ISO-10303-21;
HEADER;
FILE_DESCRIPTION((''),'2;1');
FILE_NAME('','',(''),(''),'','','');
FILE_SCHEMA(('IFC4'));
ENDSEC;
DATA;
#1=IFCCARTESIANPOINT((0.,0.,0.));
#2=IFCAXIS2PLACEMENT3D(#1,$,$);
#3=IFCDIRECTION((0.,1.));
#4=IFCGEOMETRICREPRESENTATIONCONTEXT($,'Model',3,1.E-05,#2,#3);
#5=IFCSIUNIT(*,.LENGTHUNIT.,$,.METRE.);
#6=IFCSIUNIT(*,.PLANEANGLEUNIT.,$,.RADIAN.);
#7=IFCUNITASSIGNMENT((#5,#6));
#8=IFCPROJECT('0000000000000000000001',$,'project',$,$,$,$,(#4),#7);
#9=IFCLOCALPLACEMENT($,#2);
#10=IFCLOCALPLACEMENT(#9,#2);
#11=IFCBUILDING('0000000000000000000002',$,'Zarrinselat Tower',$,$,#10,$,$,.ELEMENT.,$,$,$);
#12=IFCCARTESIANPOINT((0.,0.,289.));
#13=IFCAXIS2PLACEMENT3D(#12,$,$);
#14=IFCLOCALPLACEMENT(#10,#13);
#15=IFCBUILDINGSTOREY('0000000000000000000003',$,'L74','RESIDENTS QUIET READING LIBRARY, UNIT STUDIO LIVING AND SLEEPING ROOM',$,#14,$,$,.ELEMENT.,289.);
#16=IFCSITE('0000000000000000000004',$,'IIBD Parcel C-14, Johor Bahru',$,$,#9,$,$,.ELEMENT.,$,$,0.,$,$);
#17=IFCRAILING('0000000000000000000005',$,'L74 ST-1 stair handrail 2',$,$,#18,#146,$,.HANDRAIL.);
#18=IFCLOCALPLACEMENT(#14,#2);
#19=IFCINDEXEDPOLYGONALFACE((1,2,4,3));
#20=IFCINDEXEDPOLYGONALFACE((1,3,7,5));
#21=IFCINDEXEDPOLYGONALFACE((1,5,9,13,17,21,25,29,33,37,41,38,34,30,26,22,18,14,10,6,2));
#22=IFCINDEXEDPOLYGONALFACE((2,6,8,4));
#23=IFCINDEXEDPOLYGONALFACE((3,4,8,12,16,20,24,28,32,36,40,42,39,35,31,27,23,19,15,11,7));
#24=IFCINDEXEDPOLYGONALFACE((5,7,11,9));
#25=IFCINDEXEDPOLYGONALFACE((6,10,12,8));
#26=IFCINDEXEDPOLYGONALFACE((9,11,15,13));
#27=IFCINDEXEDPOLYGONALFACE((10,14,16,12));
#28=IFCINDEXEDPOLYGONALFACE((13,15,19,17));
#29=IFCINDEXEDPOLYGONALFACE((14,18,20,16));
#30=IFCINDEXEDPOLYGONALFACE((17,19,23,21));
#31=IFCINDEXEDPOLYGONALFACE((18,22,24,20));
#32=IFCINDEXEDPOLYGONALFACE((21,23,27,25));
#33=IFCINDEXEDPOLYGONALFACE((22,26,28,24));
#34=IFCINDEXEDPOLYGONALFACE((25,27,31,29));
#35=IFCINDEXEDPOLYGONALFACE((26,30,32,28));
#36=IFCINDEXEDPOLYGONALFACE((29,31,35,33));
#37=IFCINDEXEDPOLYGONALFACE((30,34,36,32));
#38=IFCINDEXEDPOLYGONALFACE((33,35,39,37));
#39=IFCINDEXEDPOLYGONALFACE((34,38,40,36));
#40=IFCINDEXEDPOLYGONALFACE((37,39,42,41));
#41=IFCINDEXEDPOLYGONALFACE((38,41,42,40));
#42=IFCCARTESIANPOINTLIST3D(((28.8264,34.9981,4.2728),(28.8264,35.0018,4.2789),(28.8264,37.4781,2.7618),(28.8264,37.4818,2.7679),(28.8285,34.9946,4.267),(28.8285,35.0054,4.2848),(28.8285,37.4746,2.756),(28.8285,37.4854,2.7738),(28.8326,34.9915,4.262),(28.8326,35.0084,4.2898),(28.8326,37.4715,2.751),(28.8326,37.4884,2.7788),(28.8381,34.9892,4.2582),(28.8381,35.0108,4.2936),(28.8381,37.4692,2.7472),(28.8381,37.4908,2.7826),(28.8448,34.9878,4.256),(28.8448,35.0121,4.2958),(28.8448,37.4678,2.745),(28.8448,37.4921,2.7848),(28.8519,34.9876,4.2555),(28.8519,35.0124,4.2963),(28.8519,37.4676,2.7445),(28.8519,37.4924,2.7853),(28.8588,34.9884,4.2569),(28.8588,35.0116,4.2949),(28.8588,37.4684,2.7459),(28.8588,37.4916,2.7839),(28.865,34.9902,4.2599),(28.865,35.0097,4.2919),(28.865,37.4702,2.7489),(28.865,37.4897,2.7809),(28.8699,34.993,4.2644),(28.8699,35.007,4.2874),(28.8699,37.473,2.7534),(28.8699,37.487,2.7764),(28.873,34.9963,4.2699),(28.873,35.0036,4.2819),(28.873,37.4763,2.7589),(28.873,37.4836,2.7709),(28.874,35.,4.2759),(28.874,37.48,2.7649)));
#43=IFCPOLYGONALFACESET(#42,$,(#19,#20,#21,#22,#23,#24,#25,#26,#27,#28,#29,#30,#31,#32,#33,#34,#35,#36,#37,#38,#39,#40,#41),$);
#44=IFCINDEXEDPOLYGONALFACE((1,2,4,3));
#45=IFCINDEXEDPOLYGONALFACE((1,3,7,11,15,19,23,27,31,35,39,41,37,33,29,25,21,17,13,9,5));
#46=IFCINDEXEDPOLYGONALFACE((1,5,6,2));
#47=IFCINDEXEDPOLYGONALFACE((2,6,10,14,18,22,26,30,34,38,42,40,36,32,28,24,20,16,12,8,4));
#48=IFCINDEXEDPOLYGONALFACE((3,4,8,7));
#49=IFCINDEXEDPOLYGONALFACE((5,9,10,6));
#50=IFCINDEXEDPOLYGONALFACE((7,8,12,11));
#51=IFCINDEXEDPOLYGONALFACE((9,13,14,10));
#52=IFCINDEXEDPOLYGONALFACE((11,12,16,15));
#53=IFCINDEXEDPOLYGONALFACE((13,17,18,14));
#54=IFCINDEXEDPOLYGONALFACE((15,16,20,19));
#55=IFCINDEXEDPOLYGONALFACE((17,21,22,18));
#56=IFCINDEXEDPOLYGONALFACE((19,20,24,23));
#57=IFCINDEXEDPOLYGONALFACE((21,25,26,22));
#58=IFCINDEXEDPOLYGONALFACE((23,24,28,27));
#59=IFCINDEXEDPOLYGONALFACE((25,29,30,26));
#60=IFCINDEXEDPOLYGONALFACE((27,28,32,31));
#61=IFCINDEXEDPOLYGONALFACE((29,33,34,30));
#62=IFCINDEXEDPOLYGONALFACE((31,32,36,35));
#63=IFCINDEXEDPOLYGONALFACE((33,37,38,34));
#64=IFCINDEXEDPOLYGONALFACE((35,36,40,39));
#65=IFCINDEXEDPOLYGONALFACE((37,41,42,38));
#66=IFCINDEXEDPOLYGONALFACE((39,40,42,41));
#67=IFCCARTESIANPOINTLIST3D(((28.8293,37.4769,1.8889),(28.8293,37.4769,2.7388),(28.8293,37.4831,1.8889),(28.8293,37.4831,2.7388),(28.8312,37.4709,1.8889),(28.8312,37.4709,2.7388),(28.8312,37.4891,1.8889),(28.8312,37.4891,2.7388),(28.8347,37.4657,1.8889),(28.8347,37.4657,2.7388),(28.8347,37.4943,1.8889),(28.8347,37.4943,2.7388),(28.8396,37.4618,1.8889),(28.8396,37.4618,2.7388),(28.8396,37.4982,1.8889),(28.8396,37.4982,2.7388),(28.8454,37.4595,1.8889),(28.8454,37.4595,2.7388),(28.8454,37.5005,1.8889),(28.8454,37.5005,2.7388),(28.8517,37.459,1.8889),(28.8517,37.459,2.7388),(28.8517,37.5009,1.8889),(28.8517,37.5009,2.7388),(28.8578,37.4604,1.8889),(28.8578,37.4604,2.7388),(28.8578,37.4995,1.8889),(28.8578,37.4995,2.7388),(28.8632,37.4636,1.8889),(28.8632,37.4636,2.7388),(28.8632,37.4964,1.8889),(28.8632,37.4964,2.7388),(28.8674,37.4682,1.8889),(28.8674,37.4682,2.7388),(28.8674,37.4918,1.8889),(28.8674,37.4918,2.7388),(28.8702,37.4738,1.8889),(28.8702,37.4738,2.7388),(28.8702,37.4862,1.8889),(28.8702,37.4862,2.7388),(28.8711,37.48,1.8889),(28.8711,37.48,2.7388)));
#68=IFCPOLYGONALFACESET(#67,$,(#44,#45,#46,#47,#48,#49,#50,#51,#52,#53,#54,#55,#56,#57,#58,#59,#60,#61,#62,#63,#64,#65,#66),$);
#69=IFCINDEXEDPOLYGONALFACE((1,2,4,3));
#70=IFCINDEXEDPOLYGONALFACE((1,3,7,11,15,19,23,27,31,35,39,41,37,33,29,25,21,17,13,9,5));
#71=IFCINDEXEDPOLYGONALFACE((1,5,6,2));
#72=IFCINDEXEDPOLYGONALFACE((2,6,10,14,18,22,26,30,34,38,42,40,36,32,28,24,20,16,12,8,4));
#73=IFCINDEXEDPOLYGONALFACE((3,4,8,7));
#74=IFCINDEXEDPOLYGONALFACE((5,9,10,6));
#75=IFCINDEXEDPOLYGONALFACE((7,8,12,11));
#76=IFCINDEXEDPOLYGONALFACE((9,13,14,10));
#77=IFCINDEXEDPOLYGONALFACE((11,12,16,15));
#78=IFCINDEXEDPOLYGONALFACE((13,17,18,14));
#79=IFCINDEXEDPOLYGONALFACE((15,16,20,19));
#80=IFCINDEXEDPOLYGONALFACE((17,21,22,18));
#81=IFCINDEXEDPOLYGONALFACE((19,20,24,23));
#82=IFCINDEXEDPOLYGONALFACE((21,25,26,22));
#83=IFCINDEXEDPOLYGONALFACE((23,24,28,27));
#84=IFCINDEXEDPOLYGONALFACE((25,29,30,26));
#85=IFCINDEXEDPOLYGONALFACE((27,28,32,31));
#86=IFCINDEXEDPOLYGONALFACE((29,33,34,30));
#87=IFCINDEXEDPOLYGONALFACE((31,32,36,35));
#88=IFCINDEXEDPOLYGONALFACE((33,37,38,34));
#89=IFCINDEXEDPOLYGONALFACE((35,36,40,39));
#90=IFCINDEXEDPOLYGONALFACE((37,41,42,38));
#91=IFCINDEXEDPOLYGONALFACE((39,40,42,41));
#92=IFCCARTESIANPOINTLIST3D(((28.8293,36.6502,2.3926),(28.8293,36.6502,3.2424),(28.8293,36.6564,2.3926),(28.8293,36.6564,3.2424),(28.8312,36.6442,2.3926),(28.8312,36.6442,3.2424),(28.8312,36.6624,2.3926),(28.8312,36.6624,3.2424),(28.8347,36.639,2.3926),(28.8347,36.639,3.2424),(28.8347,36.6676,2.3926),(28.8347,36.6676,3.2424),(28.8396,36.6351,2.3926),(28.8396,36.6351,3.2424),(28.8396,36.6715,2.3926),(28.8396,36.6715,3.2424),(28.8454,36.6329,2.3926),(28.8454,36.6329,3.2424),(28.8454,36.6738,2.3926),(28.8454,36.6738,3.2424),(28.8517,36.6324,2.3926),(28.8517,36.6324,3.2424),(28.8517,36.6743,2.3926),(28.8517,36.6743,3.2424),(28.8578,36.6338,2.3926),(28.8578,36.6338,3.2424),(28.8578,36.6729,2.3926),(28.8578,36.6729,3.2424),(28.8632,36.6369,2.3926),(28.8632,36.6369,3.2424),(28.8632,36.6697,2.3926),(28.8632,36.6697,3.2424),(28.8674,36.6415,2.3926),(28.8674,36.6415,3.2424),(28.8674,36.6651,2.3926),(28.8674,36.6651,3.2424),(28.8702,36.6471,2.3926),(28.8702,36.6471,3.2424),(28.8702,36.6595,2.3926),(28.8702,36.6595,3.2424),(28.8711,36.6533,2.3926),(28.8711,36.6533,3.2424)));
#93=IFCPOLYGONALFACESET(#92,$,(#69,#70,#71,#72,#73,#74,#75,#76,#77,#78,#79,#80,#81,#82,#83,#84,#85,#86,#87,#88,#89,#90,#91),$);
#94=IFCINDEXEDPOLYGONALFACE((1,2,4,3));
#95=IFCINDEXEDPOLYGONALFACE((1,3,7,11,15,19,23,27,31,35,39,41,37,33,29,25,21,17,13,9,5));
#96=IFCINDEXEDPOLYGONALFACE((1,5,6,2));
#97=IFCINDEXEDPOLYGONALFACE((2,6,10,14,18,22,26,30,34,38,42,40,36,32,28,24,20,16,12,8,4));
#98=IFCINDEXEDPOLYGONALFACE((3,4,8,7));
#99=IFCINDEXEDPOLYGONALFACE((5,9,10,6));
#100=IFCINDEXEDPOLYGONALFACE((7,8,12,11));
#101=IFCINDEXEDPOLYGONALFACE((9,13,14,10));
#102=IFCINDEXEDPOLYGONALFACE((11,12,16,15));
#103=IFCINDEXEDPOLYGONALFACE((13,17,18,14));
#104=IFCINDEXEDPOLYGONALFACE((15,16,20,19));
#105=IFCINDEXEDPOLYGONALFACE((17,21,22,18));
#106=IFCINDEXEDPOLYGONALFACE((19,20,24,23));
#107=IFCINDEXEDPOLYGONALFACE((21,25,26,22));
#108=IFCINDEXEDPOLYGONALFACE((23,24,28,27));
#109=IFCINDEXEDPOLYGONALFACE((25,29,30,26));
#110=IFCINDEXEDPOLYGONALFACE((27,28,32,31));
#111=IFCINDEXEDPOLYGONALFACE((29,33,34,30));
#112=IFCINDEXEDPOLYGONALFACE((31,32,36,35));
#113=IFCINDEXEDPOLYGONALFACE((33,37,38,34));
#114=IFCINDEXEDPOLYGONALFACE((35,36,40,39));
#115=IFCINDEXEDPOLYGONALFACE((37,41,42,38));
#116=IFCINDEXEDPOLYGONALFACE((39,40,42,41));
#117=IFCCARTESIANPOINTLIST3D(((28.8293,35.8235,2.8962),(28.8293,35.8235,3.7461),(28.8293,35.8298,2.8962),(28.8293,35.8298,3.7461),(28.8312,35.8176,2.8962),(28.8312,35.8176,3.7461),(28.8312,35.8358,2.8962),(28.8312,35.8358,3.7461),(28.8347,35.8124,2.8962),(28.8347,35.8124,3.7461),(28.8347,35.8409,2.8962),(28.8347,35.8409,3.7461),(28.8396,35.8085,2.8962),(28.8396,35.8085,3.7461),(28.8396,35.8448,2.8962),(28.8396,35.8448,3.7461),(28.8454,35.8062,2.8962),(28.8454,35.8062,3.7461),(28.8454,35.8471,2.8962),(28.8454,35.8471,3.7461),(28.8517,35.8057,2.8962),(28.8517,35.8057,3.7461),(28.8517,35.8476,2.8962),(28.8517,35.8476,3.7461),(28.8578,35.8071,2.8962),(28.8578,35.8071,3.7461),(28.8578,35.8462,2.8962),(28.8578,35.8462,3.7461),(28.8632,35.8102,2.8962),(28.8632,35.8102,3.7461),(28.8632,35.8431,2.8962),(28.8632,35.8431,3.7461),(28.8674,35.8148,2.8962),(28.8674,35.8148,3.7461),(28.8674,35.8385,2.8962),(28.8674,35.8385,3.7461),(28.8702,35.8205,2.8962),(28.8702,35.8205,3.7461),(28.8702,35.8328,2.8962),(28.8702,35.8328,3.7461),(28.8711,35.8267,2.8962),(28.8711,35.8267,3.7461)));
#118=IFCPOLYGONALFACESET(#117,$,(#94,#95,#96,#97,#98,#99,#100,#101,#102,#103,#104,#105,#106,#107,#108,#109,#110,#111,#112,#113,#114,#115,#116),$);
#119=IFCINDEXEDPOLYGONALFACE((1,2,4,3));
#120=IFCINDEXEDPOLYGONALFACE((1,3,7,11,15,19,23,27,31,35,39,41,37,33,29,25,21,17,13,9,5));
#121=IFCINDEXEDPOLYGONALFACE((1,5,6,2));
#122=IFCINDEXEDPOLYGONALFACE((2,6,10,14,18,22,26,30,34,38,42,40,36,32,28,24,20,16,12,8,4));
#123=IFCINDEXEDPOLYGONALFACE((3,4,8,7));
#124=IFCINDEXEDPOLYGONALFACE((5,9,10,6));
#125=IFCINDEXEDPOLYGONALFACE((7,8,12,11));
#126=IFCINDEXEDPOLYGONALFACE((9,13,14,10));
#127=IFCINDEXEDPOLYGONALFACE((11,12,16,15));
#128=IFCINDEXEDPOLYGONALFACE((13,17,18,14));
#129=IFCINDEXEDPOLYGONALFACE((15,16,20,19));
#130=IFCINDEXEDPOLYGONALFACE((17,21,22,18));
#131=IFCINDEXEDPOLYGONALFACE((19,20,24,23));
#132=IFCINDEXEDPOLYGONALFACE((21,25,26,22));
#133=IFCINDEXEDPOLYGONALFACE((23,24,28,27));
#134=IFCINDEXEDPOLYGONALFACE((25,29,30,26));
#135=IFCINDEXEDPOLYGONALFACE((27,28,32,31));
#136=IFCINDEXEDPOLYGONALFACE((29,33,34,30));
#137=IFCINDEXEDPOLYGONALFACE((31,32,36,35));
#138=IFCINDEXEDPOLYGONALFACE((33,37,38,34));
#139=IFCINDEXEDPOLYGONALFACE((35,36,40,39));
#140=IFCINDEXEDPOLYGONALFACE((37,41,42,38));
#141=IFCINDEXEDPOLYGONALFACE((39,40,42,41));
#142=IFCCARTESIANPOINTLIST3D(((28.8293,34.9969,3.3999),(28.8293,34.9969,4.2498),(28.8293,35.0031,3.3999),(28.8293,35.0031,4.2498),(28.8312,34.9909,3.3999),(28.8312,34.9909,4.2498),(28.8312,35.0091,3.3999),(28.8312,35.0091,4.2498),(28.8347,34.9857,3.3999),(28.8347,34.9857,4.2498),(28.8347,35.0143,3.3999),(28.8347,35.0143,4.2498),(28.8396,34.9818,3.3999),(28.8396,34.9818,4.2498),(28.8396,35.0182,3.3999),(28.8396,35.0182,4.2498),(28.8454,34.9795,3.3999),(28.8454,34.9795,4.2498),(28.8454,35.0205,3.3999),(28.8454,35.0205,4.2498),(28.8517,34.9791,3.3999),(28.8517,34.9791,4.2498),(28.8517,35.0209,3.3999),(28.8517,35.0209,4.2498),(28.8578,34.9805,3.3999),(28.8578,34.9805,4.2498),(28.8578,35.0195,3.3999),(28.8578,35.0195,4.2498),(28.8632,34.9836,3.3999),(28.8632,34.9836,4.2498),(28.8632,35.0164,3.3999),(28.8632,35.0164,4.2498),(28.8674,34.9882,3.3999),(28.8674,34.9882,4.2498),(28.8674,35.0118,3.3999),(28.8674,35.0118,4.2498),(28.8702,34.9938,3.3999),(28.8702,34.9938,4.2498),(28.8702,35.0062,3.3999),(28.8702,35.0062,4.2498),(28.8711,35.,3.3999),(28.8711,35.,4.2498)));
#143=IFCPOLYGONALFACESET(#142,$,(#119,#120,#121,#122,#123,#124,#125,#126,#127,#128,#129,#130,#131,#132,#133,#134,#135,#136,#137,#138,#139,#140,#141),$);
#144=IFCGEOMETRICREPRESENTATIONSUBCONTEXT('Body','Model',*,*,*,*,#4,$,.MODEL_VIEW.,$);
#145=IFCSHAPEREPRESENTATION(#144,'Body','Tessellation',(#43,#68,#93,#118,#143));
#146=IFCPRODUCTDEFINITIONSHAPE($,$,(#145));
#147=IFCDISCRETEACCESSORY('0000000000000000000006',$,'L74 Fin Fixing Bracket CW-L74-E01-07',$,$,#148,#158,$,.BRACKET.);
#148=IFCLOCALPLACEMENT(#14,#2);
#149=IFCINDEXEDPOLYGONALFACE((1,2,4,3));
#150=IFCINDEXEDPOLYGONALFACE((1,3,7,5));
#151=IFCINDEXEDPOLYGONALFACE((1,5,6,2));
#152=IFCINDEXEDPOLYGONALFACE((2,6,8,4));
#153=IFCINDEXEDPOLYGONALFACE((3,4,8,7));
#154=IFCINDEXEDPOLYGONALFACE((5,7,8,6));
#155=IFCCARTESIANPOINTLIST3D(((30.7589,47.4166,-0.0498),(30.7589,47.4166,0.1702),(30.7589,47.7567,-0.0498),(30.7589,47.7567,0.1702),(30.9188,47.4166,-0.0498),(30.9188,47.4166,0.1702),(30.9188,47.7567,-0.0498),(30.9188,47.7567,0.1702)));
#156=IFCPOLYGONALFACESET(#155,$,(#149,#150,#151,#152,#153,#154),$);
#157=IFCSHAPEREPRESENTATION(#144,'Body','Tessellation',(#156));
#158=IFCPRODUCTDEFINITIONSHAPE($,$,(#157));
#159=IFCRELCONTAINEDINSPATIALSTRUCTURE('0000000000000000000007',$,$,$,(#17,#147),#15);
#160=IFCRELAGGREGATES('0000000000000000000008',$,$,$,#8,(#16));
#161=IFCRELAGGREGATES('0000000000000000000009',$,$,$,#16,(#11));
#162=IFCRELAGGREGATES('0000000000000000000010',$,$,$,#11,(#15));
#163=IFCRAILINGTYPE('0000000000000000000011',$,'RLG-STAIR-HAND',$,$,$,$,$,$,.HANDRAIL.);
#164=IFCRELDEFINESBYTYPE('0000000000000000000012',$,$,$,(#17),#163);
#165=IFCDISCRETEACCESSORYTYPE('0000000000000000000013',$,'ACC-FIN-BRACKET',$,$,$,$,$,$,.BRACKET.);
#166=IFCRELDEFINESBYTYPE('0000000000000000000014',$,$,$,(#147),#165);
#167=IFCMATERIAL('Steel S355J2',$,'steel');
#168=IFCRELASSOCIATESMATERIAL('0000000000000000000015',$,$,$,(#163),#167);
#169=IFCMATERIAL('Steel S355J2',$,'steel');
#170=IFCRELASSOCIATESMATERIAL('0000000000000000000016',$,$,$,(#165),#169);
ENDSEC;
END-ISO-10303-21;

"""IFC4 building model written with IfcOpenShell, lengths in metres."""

from ifc_helpers import new_model, si_unit, direction, frame, origin, origin_2d, place, context, subcontext, project, spatial, rectangle, circle, extrude, material, type_object, element, save


model = new_model("IFC4")

# Units and contexts
model_context = context("Model", 3, precision=1e-05, world=origin(), true_north=direction((0.0, 1.0)))
body_context = subcontext(model_context, "Body", "Model", "MODEL_VIEW")
ifc_project = project(units=[si_unit("LENGTHUNIT", "METRE"), si_unit("PLANEANGLEUNIT", "RADIAN")], contexts=[model_context])

# Site, building, storey
site_placement = place(None, origin())
site = spatial("IfcSite", under=ifc_project, at=site_placement, Name="IIBD Parcel C-14, Johor Bahru", CompositionType="ELEMENT", RefElevation=0.0)
building_placement = place(site_placement, origin())
building = spatial("IfcBuilding", under=site, at=building_placement, Name="Zarrinselat Tower", CompositionType="ELEMENT")
storey_placement = place(building_placement, frame((0.0, 0.0, 289.0)))
storey = spatial("IfcBuildingStorey", under=building, at=storey_placement, Name="L74", Description="RESIDENTS QUIET READING LIBRARY, UNIT STUDIO LIVING AND SLEEPING ROOM", CompositionType="ELEMENT", Elevation=289.0)

# Railing
ifc_material_1 = material(Name="Steel S355J2", Category="steel")
railing_type_1 = type_object("IfcRailingType", Name="RLG-STAIR-HAND", PredefinedType="HANDRAIL", material=ifc_material_1)
railing_1_placement = place(storey_placement, frame((28.8501, 37.48, 1.8889)))
element("IfcRailing", 1, at=railing_1_placement, inside=storey, type_object=railing_type_1, Name="L74 ST-1 stair handrail 2", PredefinedType="HANDRAIL", context=body_context, shape_type="SweptSolid", body=[
    extrude(circle(Radius=0.0239, at=origin_2d()), frame((0.0, 0.0, 0.876), z_axis=(0.0, -0.853979, 0.520307), x_axis=(1.0, 0.0, 0.0)), (0.0, 0.0, 1.0), 2.9041),
    extrude(circle(Radius=0.021, at=origin_2d()), origin(), (0.0, 0.0, 1.0), 0.8499),
    extrude(circle(Radius=0.021, at=origin_2d()), frame((0.0, -0.8267, 0.5037)), (0.0, 0.0, 1.0), 0.8499),
    extrude(circle(Radius=0.021, at=origin_2d()), frame((0.0, -1.6533, 1.0073)), (0.0, 0.0, 1.0), 0.8499),
    extrude(circle(Radius=0.021, at=origin_2d()), frame((0.0, -2.48, 1.511)), (0.0, 0.0, 1.0), 0.8499),
])

# Discrete accessory
ifc_material_2 = material(Name="Steel S355J2", Category="steel")
discrete_accessory_type = type_object("IfcDiscreteAccessoryType", Name="ACC-FIN-BRACKET", PredefinedType="BRACKET", material=ifc_material_2)
discrete_accessory_placement = place(storey_placement, frame((30.8389, 47.5867, -0.0498), z_axis=(0.0, 0.0, 1.0), x_axis=(0.0, 1.0, 0.0)))
element("IfcDiscreteAccessory", 2, at=discrete_accessory_placement, inside=storey, type_object=discrete_accessory_type, Name="L74 Fin Fixing Bracket CW-L74-E01-07", PredefinedType="BRACKET", context=body_context, shape_type="SweptSolid", body=[
    extrude(rectangle(XDim=0.3401, YDim=0.1599, at=origin_2d()), origin(), (0.0, 0.0, 1.0), 0.22),
])

save(model, "model.ifc")
